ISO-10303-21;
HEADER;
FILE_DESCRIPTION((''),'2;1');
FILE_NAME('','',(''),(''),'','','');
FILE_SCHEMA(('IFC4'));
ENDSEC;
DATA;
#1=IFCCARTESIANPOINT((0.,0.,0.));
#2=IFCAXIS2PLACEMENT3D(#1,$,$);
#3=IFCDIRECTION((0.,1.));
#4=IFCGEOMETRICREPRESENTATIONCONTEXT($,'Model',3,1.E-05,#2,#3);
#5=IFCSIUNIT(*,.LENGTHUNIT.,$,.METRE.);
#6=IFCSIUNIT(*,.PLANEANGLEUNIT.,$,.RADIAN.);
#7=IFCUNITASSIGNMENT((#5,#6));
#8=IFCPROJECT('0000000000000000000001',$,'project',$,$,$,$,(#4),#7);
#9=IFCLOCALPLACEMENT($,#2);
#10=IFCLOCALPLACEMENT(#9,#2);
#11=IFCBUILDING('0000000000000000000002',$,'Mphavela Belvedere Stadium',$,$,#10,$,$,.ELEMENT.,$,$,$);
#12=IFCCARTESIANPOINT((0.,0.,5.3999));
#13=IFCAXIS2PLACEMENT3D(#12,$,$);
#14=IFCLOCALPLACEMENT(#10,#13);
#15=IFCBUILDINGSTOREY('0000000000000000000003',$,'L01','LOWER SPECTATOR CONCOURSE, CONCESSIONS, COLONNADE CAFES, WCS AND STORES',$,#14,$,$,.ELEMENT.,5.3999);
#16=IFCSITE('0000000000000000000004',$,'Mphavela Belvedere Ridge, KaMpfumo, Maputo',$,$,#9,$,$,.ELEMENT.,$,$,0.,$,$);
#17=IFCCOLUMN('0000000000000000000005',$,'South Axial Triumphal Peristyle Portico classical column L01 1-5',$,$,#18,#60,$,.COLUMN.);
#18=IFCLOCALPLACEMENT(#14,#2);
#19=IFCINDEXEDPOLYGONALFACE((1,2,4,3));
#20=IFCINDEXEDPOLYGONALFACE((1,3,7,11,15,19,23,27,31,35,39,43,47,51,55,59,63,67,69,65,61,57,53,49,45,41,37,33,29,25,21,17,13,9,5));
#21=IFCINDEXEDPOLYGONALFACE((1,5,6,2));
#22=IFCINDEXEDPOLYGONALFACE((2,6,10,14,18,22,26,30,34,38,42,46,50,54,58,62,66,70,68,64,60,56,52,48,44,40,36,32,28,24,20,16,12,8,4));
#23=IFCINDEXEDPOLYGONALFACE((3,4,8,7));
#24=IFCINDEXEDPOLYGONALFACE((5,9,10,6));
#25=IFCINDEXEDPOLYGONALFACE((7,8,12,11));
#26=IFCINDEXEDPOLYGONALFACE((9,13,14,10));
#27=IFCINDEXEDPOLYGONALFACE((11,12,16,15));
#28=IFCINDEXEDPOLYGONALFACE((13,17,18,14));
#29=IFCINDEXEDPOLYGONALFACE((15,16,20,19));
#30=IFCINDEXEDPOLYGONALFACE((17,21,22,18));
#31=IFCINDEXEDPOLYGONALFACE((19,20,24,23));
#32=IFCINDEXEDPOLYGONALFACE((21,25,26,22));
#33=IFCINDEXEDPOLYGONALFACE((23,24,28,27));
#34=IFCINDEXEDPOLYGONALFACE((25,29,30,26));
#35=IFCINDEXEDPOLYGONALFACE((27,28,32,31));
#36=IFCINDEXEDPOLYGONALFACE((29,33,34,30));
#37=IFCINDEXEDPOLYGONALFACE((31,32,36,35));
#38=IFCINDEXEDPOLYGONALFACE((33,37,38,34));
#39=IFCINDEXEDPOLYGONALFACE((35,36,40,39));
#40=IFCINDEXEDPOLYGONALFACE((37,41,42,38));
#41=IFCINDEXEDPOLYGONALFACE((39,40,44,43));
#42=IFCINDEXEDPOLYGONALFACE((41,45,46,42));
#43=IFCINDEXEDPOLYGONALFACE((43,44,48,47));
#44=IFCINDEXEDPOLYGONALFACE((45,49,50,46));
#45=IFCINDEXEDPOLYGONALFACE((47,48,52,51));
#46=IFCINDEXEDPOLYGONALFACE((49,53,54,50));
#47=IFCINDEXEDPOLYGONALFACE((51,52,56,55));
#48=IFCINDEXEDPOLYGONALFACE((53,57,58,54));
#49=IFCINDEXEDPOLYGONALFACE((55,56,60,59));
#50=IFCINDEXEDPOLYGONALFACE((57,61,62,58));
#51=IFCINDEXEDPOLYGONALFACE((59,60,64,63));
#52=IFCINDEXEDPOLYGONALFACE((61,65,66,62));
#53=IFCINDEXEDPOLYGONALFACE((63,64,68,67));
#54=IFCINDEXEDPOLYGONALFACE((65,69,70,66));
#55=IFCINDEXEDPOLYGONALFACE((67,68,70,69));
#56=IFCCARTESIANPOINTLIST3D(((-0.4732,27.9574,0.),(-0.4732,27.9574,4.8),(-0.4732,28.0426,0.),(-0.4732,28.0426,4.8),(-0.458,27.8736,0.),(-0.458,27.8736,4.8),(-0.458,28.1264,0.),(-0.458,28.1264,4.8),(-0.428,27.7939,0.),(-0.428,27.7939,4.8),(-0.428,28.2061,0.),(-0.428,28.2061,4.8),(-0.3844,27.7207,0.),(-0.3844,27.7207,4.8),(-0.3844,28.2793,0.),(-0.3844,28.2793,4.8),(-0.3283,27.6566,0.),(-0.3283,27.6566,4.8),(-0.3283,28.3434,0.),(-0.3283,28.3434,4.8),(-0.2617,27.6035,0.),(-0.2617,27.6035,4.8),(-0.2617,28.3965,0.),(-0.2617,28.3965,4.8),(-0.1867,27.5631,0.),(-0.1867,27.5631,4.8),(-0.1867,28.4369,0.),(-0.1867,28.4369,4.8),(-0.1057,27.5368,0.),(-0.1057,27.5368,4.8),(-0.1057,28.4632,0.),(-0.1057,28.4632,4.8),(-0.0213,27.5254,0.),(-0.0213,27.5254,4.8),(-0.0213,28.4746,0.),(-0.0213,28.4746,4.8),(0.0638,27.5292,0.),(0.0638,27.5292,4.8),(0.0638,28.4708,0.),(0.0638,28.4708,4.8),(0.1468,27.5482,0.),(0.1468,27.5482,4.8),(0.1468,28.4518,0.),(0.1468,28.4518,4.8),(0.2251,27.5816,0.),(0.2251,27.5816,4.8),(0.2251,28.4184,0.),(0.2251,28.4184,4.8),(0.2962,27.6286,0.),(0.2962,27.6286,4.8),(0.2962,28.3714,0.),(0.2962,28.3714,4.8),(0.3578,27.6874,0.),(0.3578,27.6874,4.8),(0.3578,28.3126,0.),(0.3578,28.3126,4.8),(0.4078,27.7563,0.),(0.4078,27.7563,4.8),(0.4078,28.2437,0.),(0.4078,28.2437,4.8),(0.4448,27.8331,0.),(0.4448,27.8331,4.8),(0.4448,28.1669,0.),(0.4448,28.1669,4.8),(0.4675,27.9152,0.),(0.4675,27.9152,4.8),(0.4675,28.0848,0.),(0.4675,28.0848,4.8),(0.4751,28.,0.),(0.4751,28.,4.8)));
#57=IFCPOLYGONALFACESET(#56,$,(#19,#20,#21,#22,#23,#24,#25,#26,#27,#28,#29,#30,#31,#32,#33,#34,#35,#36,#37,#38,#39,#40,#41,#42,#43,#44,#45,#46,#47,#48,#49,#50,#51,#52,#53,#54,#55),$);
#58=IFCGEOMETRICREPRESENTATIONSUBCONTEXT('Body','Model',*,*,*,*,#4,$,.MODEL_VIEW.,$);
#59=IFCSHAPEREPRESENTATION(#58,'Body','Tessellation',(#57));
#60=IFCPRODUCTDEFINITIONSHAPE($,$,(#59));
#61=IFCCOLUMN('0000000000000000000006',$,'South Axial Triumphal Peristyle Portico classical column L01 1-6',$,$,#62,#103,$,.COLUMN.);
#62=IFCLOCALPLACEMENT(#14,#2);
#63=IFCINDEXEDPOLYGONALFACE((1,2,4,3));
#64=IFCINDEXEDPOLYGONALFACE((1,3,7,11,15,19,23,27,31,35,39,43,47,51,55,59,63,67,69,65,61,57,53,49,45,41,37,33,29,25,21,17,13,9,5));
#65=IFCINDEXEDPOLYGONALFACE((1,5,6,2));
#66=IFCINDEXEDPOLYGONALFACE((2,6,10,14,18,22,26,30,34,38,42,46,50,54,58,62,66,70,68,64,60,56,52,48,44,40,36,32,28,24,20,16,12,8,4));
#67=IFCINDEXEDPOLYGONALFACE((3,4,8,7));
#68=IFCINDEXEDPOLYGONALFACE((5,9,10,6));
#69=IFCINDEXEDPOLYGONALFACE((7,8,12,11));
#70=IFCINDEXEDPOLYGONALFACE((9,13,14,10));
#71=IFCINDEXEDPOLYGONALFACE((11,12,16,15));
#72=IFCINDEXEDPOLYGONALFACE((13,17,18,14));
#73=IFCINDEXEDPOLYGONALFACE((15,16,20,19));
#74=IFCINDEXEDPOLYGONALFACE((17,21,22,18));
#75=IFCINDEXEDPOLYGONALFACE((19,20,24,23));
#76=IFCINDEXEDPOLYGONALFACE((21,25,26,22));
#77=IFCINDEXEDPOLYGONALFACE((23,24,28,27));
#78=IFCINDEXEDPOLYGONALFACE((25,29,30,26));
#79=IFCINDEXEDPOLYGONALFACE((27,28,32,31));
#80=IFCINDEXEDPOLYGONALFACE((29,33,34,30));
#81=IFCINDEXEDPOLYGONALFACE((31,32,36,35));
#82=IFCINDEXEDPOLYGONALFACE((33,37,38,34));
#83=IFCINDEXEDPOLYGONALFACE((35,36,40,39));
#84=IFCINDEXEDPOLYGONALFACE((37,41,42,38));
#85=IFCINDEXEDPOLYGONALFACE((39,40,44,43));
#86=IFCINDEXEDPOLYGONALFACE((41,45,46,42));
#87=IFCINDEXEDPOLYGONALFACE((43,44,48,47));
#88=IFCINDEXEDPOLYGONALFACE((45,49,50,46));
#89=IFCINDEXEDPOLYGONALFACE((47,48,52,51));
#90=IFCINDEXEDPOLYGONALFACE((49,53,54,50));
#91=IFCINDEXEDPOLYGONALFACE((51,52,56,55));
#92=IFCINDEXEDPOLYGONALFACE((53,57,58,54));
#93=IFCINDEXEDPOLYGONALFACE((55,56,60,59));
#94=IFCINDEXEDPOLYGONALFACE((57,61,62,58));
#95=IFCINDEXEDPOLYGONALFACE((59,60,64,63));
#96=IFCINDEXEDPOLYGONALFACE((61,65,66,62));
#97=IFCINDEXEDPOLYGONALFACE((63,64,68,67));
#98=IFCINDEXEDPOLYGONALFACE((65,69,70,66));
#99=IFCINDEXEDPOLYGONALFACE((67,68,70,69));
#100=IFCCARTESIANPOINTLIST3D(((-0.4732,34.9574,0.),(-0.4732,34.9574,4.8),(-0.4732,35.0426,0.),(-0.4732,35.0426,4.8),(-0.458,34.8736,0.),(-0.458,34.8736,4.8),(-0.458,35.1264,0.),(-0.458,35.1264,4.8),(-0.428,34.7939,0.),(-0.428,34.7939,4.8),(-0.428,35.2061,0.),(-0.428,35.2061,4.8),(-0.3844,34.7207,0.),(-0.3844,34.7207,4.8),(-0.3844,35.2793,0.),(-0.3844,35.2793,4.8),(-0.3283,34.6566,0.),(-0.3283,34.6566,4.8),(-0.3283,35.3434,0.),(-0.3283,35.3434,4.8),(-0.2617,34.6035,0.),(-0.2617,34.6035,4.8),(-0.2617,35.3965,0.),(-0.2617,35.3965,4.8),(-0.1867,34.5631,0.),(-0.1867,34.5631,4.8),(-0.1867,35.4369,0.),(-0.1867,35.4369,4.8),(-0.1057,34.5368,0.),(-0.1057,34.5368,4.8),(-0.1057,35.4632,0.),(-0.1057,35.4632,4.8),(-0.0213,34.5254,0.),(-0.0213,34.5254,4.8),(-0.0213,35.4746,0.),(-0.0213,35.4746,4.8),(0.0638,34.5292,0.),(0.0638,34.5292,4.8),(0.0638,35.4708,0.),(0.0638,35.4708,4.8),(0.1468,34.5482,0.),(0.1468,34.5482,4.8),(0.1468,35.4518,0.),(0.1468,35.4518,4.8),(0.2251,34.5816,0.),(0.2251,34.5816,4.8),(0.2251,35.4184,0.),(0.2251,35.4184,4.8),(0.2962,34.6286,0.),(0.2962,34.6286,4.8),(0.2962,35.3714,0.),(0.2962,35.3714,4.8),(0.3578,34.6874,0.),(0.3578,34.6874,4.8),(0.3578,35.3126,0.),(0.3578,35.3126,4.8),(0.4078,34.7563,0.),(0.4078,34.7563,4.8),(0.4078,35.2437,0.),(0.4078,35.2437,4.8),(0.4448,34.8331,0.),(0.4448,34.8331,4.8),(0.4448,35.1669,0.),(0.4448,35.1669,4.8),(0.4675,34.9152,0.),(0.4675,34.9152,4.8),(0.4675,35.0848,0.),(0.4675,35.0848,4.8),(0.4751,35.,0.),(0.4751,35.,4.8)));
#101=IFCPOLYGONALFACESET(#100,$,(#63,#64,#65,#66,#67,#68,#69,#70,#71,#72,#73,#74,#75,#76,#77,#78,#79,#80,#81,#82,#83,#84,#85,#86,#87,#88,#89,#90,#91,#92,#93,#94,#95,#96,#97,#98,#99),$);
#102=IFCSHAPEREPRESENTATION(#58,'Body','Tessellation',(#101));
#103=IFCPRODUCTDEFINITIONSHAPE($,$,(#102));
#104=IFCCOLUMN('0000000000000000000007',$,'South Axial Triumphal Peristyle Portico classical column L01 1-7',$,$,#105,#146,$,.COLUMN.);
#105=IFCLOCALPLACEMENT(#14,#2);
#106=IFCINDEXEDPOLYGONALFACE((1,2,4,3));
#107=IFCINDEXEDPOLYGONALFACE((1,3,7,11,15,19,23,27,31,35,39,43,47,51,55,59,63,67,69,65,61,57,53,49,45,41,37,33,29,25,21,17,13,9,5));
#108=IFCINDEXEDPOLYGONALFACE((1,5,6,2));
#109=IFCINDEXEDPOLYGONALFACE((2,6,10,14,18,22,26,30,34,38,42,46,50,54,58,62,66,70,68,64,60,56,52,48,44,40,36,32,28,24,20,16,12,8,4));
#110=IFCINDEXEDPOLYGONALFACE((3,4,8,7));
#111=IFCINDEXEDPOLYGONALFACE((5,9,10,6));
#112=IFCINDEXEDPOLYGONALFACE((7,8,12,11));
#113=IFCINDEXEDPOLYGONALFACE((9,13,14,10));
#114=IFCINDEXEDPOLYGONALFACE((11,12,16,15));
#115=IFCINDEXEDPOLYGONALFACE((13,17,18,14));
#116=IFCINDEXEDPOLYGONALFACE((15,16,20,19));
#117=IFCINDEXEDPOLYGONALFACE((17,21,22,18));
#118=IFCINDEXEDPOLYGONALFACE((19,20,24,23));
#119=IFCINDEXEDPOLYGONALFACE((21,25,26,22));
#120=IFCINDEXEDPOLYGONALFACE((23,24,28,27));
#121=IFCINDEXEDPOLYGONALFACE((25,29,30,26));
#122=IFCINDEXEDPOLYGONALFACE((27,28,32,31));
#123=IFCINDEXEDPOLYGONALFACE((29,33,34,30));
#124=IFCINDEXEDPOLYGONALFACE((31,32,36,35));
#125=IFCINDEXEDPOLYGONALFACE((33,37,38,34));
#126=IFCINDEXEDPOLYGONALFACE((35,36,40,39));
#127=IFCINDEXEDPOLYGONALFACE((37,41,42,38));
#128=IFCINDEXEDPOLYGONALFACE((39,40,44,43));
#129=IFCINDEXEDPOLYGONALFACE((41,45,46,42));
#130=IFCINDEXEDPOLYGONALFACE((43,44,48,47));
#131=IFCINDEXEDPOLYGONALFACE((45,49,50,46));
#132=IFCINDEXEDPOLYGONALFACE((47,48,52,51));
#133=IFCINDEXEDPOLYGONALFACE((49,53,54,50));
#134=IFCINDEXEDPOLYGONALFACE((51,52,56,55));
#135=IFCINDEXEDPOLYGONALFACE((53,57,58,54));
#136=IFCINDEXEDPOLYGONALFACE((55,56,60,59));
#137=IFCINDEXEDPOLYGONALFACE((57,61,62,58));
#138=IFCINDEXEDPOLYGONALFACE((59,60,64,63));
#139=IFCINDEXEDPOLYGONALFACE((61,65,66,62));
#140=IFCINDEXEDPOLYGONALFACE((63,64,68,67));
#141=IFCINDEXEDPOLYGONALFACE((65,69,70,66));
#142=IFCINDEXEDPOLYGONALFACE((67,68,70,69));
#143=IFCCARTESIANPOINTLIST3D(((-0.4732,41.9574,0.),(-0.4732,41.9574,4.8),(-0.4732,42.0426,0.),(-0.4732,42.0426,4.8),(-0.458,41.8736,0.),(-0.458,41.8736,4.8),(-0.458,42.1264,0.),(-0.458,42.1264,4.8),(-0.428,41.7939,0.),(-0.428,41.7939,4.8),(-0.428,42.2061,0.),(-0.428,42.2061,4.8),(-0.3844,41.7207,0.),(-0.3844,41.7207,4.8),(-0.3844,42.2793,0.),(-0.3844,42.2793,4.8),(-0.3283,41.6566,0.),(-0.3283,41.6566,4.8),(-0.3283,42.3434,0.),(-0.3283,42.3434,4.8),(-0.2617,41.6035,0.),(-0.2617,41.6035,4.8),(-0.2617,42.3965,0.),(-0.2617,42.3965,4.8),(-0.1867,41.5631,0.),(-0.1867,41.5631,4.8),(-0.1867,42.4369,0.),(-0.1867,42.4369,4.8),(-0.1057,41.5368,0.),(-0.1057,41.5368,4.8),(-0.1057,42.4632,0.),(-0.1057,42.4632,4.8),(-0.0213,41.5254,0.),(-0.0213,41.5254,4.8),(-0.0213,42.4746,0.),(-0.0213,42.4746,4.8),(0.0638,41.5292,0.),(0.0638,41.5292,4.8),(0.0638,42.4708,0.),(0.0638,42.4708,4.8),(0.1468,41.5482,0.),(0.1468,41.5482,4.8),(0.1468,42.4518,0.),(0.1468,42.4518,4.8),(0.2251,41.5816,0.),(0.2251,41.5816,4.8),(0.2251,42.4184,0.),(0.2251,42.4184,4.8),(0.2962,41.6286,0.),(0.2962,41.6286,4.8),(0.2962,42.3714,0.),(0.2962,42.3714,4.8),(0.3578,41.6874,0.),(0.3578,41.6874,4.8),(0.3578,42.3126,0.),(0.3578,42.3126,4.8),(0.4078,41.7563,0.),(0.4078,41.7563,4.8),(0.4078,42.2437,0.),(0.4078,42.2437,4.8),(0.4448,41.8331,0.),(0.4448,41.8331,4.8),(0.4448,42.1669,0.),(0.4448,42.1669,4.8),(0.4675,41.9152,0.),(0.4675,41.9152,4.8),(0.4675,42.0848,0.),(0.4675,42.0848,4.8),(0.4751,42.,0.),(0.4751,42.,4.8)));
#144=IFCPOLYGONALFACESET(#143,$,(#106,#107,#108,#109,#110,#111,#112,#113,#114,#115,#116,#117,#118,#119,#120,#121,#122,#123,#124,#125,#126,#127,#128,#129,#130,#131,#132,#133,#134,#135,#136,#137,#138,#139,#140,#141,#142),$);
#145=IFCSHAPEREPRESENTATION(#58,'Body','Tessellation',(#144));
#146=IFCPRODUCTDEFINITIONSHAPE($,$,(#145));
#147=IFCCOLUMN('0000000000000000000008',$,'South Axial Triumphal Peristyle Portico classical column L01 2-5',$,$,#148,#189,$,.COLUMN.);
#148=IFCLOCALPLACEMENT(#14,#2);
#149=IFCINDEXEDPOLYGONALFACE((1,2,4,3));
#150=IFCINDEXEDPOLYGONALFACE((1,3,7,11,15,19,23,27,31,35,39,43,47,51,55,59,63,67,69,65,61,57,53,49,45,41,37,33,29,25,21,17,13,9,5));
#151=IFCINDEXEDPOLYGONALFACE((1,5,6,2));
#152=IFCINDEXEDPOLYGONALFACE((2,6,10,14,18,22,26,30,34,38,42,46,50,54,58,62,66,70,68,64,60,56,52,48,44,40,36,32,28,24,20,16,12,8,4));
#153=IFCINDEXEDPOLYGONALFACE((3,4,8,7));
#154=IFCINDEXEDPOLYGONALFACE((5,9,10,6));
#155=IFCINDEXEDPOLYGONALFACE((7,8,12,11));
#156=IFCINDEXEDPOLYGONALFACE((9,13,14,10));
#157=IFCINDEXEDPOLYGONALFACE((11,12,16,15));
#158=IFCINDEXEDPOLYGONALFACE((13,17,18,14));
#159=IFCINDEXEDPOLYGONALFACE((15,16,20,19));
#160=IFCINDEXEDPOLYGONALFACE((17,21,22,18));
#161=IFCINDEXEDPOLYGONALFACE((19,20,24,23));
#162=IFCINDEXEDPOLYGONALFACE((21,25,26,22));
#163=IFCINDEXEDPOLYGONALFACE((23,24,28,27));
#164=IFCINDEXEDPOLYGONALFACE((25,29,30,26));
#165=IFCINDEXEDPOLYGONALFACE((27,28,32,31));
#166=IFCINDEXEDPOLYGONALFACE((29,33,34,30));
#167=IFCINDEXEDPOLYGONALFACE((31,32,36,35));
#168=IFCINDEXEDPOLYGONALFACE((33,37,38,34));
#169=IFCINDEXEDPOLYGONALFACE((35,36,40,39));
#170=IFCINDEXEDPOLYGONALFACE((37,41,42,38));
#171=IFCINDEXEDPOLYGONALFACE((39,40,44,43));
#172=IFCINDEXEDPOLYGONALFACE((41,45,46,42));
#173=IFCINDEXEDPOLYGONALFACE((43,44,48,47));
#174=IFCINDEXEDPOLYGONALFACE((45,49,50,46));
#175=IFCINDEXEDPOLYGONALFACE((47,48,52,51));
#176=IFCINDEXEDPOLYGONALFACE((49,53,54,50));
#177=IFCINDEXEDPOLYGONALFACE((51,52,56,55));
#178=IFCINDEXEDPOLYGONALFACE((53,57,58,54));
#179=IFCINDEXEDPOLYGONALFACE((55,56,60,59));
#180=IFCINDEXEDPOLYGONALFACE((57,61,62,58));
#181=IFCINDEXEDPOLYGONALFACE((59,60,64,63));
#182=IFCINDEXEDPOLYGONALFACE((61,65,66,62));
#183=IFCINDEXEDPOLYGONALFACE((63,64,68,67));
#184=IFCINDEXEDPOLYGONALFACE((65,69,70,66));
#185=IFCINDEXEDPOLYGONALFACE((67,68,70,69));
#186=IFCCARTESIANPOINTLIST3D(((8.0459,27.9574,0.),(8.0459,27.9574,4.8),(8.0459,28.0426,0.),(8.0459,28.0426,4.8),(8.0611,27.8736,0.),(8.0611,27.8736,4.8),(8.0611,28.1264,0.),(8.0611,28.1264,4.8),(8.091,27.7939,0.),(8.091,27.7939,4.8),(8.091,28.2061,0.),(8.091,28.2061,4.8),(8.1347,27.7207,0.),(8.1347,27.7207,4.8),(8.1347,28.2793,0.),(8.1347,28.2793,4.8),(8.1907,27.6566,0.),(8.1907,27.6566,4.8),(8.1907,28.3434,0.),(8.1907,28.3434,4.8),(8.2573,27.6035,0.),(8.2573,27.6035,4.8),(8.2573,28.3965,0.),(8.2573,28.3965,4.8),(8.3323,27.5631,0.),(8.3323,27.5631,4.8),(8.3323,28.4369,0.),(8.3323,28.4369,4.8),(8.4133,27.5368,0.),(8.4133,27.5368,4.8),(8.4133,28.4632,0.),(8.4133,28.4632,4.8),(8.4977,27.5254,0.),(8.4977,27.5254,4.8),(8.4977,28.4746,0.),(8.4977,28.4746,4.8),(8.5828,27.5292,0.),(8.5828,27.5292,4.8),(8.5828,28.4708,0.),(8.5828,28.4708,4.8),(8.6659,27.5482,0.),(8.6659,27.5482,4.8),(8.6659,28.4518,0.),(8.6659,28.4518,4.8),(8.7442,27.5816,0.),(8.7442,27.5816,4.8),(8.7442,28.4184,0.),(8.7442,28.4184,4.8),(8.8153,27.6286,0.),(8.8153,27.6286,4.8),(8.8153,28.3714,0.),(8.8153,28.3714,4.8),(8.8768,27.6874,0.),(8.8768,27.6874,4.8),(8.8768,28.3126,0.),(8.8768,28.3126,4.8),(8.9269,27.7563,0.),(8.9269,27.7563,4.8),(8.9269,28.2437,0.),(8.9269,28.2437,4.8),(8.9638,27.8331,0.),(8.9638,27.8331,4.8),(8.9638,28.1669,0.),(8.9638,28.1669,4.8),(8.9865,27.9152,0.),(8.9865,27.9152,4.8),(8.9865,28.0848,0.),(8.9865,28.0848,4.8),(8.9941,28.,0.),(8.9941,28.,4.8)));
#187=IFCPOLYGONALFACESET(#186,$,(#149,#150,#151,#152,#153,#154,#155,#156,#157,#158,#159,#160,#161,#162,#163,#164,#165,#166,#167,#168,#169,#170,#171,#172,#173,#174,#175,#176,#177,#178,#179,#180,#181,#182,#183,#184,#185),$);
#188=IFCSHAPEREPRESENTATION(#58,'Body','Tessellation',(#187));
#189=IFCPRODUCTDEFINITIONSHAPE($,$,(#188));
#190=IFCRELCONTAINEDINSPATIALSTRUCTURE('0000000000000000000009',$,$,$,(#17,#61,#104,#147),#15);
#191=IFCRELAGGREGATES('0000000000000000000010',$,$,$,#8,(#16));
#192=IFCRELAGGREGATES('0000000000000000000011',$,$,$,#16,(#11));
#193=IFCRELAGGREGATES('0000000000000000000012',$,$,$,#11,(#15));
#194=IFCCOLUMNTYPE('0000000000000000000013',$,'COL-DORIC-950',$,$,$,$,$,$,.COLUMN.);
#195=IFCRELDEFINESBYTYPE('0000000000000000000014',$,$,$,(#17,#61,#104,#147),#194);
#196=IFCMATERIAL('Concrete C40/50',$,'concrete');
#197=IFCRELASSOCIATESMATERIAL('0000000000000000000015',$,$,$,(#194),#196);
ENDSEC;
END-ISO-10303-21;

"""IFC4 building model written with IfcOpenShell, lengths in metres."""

from ifc_helpers import new_model, si_unit, direction, frame, origin, origin_2d, place, context, subcontext, project, spatial, circle, extrude, material, material_profile, profile_set, type_object, element, save


model = new_model("IFC4")

# Units and contexts
model_context = context("Model", 3, precision=1e-05, world=origin(), true_north=direction((0.0, 1.0)))
body_context = subcontext(model_context, "Body", "Model", "MODEL_VIEW")
ifc_project = project(units=[si_unit("LENGTHUNIT", "METRE"), si_unit("PLANEANGLEUNIT", "RADIAN")], contexts=[model_context])

# Site, building, storey
site_placement = place(None, origin())
site = spatial("IfcSite", under=ifc_project, at=site_placement, Name="Mphavela Belvedere Ridge, KaMpfumo, Maputo", CompositionType="ELEMENT", RefElevation=0.0)
building_placement = place(site_placement, origin())
building = spatial("IfcBuilding", under=site, at=building_placement, Name="Mphavela Belvedere Stadium", CompositionType="ELEMENT")
storey_placement = place(building_placement, frame((0.0, 0.0, 5.3999)))
storey = spatial("IfcBuildingStorey", under=building, at=storey_placement, Name="L01", Description="LOWER SPECTATOR CONCOURSE, CONCESSIONS, COLONNADE CAFES, WCS AND STORES", CompositionType="ELEMENT", Elevation=5.3999)

# Columns
ifc_material_1 = material(Name="Concrete C40/50", Category="concrete")
ifc_material_profile_1 = material_profile(ifc_material_1, circle(Radius=0.4751, at=origin_2d()), Name="COL D950")
ifc_profile_set_1 = profile_set([ifc_material_profile_1], Name="Concrete C40/50")
column_type = type_object("IfcColumnType", Name="COL-DORIC-950", PredefinedType="COLUMN", material=ifc_profile_set_1)
for number, where, z_axis, x_axis, name in (
    (1, (0.0, 28.0, 0.0), (0.0, 0.0, 1.0), (1.0, 0.0, 0.0), "South Axial Triumphal Peristyle Portico classical column L01 1-5"),
    (2, (0.0, 35.0, 0.0), (0.0, 0.0, 1.0), (1.0, 0.0, 0.0), "South Axial Triumphal Peristyle Portico classical column L01 1-6"),
    (3, (0.0, 42.0, 0.0), (0.0, 0.0, 1.0), (1.0, 0.0, 0.0), "South Axial Triumphal Peristyle Portico classical column L01 1-7"),
    (4, (8.519, 28.0, 0.0), (0.0, 0.0, 1.0), (1.0, 0.0, 0.0), "South Axial Triumphal Peristyle Portico classical column L01 2-5"),
):
    element("IfcColumn", number, at=place(storey_placement, frame(where, z_axis=z_axis, x_axis=x_axis)), inside=storey, type_object=column_type, Name=name, PredefinedType="COLUMN", context=body_context, shape_type="SweptSolid", body=[
        extrude(circle(Radius=0.4751, at=origin_2d()), origin(), (0.0, 0.0, 1.0), 4.8),
    ])

save(model, "model.ifc")
